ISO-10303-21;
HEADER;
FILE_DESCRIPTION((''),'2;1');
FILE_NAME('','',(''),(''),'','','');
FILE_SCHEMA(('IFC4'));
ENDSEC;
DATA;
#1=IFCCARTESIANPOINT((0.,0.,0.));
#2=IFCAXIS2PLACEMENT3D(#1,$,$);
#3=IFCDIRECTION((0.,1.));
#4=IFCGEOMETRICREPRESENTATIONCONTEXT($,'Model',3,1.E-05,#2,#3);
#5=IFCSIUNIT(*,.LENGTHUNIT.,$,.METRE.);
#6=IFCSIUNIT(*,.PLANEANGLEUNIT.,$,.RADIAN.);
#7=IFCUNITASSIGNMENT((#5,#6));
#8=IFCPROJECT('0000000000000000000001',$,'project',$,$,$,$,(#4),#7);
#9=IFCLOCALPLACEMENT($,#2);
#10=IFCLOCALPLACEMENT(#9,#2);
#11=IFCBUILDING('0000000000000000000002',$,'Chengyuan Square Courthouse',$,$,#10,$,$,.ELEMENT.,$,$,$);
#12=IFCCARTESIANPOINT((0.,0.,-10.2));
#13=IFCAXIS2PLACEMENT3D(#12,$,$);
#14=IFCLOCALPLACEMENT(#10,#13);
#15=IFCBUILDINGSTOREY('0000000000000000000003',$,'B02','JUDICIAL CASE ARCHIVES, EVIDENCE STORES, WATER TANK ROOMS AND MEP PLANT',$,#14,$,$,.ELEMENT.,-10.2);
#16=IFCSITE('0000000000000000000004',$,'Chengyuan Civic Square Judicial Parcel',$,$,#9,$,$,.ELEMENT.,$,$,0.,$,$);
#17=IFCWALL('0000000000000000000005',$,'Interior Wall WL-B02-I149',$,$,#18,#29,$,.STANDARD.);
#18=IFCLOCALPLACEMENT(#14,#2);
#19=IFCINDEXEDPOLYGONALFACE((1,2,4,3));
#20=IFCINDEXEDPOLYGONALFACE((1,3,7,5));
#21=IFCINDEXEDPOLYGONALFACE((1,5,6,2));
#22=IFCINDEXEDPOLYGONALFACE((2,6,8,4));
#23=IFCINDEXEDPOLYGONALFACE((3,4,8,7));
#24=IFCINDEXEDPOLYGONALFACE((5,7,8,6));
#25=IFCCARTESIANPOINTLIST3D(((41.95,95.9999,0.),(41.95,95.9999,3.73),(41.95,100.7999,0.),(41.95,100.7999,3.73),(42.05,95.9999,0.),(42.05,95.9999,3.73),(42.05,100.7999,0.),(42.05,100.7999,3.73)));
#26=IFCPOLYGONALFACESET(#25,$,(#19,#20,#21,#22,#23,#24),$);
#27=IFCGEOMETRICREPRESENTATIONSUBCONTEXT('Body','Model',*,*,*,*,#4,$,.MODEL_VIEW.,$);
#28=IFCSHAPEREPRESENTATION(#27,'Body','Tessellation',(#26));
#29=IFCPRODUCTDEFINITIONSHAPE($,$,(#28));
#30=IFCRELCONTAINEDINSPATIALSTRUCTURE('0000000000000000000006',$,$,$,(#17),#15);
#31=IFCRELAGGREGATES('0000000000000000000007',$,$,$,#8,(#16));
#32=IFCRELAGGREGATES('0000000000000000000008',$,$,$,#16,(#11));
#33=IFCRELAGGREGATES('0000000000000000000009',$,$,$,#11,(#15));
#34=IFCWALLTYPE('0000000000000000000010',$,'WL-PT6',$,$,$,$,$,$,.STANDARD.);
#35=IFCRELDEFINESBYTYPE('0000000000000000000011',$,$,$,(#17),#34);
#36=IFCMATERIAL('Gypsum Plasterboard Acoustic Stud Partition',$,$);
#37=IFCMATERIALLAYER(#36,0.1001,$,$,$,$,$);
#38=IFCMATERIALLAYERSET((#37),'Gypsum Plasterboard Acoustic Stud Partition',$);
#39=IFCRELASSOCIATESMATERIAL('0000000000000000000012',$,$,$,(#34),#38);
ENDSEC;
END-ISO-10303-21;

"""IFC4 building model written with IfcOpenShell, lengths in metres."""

from ifc_helpers import new_model, si_unit, direction, frame, frame_2d, origin, place, context, subcontext, project, spatial, rectangle, extrude, material, layer, layer_set, type_object, element, save


model = new_model("IFC4")

# Units and contexts
model_context = context("Model", 3, precision=1e-05, world=origin(), true_north=direction((0.0, 1.0)))
body_context = subcontext(model_context, "Body", "Model", "MODEL_VIEW")
ifc_project = project(units=[si_unit("LENGTHUNIT", "METRE"), si_unit("PLANEANGLEUNIT", "RADIAN")], contexts=[model_context])

# Site, building, storey
site_placement = place(None, origin())
site = spatial("IfcSite", under=ifc_project, at=site_placement, Name="Chengyuan Civic Square Judicial Parcel", CompositionType="ELEMENT", RefElevation=0.0)
building_placement = place(site_placement, origin())
building = spatial("IfcBuilding", under=site, at=building_placement, Name="Chengyuan Square Courthouse", CompositionType="ELEMENT")
storey_placement = place(building_placement, frame((0.0, 0.0, -10.2)))
storey = spatial("IfcBuildingStorey", under=building, at=storey_placement, Name="B02", Description="JUDICIAL CASE ARCHIVES, EVIDENCE STORES, WATER TANK ROOMS AND MEP PLANT", CompositionType="ELEMENT", Elevation=-10.2)

# Wall
ifc_material_1 = material(Name="Gypsum Plasterboard Acoustic Stud Partition")
ifc_layer_1 = layer(ifc_material_1, 0.1001)
ifc_layer_set_1 = layer_set([ifc_layer_1], Name="Gypsum Plasterboard Acoustic Stud Partition")
wall_type_1 = type_object("IfcWallType", Name="WL-PT6", PredefinedType="STANDARD", material=ifc_layer_set_1)
wall_1_placement = place(storey_placement, frame((42.0, 96.0, 0.0), z_axis=(0.0, 0.0, 1.0), x_axis=(0.0, 1.0, 0.0)))
element("IfcWall", 1, at=wall_1_placement, inside=storey, type_object=wall_type_1, Name="Interior Wall WL-B02-I149", PredefinedType="STANDARD", context=body_context, shape_type="SweptSolid", body=[
    extrude(rectangle(XDim=4.8, YDim=0.1001, at=frame_2d((2.3999, 0.0))), origin(), (0.0, 0.0, 1.0), 3.73),
])

save(model, "model.ifc")
